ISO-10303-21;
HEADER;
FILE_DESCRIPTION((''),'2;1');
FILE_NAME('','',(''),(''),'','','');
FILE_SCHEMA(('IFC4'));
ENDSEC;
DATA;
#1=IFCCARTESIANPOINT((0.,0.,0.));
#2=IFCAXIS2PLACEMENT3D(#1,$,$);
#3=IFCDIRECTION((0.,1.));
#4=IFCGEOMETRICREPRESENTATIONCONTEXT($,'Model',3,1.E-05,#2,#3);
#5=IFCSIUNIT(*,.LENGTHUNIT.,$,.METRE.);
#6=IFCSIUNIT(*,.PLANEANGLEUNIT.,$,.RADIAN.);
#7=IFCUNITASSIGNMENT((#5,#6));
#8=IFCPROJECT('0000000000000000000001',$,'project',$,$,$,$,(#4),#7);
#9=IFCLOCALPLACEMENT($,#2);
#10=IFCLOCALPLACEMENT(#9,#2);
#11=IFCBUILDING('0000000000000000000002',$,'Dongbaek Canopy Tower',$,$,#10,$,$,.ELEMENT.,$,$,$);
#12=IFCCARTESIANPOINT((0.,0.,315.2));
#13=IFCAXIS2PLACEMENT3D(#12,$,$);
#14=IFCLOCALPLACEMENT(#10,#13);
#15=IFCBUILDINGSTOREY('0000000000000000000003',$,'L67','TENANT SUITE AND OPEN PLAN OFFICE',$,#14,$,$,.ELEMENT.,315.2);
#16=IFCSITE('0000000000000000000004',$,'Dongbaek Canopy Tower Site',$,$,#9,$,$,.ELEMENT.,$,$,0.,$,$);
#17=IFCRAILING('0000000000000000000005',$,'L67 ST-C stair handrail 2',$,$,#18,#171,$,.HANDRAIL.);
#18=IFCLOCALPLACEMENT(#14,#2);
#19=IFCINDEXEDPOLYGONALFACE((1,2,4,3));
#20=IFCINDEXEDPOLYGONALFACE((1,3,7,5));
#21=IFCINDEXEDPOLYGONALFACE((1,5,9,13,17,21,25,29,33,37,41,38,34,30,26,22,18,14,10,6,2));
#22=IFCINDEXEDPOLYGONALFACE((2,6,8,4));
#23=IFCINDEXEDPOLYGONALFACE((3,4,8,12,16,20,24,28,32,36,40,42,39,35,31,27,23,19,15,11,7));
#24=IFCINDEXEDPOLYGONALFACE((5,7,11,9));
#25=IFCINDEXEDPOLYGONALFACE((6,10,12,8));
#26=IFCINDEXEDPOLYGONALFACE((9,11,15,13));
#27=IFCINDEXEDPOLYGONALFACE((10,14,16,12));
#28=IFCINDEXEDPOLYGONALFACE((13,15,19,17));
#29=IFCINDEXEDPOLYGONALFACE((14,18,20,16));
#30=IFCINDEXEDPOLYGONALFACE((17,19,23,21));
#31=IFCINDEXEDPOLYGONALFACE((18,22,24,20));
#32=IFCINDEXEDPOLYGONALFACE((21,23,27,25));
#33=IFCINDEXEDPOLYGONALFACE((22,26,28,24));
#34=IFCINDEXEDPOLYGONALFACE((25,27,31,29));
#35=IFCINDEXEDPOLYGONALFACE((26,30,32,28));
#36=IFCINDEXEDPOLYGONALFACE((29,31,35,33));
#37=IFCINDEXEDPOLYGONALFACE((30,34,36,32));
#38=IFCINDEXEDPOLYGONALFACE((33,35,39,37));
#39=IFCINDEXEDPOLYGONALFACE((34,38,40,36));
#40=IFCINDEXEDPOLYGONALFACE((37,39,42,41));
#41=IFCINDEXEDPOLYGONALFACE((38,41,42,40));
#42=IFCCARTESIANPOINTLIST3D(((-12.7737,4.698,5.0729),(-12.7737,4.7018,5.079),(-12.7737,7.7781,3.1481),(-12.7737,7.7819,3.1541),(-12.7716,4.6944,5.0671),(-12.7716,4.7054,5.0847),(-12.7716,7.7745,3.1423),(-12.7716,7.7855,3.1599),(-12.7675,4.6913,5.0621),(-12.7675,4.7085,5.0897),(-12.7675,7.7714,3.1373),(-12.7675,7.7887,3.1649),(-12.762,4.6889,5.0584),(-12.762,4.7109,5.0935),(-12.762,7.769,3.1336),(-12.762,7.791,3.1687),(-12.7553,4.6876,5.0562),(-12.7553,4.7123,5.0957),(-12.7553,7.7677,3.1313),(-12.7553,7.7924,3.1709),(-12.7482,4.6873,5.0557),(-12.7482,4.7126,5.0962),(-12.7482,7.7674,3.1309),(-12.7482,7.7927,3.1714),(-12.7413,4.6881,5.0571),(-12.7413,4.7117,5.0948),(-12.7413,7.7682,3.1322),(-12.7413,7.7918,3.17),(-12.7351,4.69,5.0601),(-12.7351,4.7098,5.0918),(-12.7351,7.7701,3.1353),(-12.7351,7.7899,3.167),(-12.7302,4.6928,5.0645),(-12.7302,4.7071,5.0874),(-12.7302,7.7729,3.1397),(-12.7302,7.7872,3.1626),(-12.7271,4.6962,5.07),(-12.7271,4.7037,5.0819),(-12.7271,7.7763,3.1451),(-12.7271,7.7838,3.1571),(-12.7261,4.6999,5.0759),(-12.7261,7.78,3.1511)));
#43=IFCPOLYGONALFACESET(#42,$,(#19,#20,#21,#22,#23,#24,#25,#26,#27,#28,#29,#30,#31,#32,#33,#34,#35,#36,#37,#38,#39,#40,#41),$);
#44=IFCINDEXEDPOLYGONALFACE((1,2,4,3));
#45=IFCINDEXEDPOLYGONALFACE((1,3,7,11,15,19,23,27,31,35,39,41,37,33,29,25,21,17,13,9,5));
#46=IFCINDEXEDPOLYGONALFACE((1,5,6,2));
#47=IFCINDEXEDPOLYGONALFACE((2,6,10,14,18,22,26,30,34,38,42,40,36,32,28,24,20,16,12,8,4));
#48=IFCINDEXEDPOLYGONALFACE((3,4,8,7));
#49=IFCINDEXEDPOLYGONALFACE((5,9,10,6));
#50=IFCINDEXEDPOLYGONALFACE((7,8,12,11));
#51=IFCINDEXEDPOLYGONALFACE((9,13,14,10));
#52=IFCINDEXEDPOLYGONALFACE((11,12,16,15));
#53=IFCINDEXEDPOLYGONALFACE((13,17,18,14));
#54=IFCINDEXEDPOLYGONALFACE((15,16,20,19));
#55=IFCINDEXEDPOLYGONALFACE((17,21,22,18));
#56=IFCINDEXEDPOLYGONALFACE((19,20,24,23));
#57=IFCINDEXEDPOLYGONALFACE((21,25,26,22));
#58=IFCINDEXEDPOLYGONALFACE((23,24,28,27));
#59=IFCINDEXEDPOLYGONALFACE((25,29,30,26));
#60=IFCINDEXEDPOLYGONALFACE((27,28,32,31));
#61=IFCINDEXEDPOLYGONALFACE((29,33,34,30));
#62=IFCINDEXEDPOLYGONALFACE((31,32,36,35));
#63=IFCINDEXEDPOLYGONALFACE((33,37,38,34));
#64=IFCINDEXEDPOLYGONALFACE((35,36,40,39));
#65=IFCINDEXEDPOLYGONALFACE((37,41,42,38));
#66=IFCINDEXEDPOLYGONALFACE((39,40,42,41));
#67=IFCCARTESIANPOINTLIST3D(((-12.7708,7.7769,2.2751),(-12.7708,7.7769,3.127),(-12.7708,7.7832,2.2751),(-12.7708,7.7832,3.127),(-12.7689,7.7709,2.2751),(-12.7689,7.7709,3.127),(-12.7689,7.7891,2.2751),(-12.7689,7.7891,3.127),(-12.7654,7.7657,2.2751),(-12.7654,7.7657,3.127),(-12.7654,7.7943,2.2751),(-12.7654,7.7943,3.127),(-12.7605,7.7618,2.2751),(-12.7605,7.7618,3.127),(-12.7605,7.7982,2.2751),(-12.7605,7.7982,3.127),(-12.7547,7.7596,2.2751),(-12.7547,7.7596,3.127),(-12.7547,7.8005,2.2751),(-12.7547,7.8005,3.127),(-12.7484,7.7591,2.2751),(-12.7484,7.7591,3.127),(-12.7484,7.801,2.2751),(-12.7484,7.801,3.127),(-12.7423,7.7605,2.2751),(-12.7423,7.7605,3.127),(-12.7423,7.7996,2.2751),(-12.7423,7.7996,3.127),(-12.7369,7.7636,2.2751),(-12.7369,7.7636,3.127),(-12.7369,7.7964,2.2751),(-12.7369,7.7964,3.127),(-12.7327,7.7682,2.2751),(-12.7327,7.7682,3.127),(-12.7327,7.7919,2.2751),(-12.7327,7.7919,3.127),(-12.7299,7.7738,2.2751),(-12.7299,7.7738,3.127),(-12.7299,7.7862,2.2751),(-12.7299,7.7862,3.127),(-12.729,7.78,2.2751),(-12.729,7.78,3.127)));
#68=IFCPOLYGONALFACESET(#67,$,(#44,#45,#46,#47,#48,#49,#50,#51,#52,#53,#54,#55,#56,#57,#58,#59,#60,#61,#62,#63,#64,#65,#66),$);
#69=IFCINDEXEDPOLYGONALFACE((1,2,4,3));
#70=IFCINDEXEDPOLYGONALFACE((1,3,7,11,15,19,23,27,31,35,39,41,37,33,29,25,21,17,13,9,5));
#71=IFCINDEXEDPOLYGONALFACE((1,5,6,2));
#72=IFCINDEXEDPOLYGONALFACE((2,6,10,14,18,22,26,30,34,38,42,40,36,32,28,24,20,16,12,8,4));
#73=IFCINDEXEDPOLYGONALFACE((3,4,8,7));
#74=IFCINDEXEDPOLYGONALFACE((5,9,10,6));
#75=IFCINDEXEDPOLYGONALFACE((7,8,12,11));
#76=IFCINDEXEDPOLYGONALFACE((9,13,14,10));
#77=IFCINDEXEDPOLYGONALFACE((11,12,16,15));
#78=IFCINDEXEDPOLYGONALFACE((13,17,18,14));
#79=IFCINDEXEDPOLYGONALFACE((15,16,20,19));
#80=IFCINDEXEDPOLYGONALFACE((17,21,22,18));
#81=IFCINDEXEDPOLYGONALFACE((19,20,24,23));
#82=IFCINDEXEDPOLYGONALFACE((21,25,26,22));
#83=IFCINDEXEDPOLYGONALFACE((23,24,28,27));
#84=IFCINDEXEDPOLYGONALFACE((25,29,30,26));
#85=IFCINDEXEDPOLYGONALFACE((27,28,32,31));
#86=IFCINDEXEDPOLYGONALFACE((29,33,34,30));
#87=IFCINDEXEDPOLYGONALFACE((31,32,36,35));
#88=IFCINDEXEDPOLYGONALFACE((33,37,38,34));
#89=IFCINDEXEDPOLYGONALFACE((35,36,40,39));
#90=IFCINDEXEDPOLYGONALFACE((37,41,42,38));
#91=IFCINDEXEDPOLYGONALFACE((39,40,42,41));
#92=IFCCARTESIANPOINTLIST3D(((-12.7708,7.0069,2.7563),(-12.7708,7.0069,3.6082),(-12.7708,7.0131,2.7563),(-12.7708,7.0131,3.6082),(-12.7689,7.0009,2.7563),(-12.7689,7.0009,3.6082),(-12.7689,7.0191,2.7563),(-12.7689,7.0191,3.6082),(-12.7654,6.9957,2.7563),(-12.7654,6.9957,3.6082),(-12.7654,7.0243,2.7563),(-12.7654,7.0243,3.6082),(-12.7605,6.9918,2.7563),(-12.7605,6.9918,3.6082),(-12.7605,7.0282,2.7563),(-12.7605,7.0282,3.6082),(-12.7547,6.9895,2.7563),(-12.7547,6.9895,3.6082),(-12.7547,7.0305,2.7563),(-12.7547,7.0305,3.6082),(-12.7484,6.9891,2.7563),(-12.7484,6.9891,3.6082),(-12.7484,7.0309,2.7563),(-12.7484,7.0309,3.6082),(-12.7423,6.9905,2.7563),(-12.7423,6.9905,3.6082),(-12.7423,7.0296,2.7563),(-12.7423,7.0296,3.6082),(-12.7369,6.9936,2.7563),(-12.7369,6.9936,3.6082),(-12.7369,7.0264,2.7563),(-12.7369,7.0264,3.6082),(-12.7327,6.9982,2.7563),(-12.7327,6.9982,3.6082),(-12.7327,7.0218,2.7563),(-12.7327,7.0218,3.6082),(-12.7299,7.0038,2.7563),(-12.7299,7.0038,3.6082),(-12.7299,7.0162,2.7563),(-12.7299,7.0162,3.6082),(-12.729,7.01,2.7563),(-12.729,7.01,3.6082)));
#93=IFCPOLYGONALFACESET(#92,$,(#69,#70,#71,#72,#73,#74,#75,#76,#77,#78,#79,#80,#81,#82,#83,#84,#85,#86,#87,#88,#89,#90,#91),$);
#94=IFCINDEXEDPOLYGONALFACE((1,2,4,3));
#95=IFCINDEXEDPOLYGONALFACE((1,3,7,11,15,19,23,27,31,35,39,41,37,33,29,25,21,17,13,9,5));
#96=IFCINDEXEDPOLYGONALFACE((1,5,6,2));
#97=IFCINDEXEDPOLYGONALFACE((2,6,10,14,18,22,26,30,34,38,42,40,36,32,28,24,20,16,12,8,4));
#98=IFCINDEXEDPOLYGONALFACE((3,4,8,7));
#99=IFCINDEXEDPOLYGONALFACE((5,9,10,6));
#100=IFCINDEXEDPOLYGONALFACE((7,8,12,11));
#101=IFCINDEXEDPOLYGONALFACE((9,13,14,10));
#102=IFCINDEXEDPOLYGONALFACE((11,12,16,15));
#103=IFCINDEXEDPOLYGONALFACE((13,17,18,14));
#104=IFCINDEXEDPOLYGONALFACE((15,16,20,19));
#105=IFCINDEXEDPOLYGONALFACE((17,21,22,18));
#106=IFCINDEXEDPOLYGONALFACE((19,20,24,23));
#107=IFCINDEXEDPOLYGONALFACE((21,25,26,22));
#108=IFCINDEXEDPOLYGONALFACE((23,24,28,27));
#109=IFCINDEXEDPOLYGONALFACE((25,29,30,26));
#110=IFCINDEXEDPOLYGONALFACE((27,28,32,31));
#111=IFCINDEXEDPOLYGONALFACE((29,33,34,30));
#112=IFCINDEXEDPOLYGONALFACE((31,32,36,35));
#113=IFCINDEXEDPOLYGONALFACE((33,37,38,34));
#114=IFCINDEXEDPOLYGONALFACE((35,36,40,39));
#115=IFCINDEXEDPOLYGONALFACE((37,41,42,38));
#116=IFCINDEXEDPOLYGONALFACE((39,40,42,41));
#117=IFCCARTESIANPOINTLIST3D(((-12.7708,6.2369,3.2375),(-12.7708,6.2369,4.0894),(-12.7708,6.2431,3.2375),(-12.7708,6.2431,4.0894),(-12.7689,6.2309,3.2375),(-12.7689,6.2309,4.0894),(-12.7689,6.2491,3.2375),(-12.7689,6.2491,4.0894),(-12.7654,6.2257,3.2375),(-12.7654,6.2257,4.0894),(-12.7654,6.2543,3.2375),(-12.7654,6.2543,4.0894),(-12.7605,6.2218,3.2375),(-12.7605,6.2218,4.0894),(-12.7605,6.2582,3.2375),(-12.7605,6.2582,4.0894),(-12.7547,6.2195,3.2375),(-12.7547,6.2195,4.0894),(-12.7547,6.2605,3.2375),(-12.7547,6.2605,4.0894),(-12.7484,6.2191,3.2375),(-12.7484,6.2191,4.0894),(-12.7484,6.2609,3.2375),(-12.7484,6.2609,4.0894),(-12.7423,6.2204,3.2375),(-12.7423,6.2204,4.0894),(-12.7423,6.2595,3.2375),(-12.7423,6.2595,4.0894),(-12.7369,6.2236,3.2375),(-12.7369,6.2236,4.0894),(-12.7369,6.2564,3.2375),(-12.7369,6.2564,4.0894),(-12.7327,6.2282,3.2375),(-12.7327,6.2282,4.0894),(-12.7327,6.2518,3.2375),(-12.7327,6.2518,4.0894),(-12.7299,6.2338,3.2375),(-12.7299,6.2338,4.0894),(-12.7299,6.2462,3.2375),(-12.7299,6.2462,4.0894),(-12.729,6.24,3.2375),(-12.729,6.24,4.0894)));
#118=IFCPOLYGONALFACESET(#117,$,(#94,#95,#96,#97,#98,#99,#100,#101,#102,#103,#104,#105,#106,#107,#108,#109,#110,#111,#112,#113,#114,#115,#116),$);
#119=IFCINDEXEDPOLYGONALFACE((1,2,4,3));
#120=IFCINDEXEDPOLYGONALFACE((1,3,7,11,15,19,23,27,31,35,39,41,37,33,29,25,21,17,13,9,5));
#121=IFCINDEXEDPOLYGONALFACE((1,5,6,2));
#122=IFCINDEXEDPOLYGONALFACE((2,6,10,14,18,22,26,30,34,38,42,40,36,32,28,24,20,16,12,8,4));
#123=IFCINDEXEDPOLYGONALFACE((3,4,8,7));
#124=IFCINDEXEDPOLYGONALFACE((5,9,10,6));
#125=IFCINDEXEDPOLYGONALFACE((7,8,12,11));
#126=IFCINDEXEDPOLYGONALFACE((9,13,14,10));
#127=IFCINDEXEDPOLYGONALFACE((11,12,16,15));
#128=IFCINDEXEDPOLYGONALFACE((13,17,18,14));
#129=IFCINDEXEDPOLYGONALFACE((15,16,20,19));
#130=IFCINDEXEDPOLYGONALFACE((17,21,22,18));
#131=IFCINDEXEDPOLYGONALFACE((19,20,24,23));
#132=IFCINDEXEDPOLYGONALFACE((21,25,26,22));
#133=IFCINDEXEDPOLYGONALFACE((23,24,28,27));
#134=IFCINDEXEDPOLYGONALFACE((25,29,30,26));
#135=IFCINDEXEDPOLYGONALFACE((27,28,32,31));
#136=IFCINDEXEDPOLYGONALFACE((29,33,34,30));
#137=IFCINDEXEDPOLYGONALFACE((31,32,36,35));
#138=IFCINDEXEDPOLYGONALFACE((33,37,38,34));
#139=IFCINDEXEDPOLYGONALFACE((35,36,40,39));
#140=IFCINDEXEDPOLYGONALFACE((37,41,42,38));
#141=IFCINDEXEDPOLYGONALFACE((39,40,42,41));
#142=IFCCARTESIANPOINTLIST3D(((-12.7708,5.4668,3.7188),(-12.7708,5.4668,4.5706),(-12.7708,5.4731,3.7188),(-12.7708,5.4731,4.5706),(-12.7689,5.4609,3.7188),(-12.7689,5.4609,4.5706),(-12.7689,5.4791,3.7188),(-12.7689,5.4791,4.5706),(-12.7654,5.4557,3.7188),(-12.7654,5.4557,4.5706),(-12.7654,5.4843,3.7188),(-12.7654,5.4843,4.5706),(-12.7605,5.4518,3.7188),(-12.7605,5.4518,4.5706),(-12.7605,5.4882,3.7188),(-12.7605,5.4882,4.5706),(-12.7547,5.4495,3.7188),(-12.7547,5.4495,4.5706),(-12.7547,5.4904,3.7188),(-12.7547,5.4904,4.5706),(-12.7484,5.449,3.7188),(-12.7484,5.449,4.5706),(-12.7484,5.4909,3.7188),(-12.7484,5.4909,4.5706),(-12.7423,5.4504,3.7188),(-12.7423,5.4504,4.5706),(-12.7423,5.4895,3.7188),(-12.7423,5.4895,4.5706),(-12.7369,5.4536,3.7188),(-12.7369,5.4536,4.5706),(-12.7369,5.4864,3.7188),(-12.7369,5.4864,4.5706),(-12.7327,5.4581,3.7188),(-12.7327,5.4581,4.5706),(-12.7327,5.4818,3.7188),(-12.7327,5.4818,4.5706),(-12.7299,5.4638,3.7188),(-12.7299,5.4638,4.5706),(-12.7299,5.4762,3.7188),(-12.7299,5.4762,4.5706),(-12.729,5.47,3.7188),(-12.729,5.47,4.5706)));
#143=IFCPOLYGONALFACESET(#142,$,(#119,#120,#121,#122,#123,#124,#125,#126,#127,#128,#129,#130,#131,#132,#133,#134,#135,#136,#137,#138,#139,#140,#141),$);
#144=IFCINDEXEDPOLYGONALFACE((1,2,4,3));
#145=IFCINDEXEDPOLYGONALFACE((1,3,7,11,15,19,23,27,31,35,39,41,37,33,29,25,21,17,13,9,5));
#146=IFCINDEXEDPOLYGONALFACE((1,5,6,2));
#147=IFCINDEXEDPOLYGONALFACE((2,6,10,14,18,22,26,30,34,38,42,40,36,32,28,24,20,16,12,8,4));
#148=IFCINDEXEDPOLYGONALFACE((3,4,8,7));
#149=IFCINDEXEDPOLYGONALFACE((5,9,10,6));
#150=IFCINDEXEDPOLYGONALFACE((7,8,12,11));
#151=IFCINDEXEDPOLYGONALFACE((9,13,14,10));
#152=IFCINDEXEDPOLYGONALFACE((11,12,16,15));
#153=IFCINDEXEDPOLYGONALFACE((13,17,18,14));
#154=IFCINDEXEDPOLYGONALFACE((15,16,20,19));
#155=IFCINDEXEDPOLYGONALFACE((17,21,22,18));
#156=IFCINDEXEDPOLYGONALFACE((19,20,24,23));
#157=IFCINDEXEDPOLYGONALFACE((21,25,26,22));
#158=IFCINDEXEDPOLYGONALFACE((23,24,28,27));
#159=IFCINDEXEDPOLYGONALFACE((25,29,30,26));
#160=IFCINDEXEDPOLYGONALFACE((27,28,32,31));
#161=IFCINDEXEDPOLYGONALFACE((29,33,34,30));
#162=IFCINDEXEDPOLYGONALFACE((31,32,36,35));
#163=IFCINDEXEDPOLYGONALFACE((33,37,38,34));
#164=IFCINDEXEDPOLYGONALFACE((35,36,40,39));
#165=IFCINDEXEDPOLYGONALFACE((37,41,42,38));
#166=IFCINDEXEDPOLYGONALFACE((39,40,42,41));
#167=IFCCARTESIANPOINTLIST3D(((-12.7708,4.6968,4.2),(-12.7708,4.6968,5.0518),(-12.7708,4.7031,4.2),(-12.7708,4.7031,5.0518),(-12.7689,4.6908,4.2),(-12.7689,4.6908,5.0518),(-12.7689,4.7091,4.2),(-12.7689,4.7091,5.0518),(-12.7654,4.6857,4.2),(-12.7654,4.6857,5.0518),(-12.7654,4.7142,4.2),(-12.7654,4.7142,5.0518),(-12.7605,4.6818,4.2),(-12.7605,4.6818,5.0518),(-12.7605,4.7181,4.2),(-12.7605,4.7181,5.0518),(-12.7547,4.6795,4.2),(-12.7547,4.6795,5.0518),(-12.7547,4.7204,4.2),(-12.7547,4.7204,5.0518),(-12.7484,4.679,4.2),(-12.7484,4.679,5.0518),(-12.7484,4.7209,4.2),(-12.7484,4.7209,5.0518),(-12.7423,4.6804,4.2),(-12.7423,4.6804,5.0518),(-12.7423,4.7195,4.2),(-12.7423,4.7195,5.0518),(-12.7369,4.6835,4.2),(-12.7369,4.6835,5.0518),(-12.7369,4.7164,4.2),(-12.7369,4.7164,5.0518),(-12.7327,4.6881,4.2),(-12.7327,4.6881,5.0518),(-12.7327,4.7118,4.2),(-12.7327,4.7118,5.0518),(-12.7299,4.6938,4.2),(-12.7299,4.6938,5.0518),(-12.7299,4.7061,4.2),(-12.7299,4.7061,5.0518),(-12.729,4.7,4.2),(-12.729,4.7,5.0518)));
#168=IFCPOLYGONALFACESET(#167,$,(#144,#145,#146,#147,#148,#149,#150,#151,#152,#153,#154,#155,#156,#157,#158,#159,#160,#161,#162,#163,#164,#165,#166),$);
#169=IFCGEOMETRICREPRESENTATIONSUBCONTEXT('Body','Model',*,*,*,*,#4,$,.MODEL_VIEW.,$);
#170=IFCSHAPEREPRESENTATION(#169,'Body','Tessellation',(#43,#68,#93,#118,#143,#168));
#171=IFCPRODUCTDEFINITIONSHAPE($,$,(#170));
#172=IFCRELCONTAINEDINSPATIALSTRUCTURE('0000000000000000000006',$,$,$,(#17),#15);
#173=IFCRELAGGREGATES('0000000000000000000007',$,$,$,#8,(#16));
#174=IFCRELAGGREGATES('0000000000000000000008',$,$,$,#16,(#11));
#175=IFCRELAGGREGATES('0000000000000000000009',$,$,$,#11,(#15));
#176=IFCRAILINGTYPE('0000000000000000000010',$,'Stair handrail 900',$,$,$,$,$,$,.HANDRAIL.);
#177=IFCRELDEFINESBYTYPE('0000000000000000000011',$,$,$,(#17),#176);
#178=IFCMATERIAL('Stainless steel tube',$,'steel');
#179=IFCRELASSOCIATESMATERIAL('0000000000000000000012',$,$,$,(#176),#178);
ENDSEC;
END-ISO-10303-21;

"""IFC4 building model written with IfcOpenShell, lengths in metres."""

from ifc_helpers import new_model, si_unit, direction, frame, origin, origin_2d, place, context, subcontext, project, spatial, circle, extrude, material, type_object, element, save


model = new_model("IFC4")

# Units and contexts
model_context = context("Model", 3, precision=1e-05, world=origin(), true_north=direction((0.0, 1.0)))
body_context = subcontext(model_context, "Body", "Model", "MODEL_VIEW")
ifc_project = project(units=[si_unit("LENGTHUNIT", "METRE"), si_unit("PLANEANGLEUNIT", "RADIAN")], contexts=[model_context])

# Site, building, storey
site_placement = place(None, origin())
site = spatial("IfcSite", under=ifc_project, at=site_placement, Name="Dongbaek Canopy Tower Site", CompositionType="ELEMENT", RefElevation=0.0)
building_placement = place(site_placement, origin())
building = spatial("IfcBuilding", under=site, at=building_placement, Name="Dongbaek Canopy Tower", CompositionType="ELEMENT")
storey_placement = place(building_placement, frame((0.0, 0.0, 315.2)))
storey = spatial("IfcBuildingStorey", under=building, at=storey_placement, Name="L67", Description="TENANT SUITE AND OPEN PLAN OFFICE", CompositionType="ELEMENT", Elevation=315.2)

# Railing
ifc_material_1 = material(Name="Stainless steel tube", Category="steel")
railing_type_1 = type_object("IfcRailingType", Name="Stair handrail 900", PredefinedType="HANDRAIL", material=ifc_material_1)
railing_1_placement = place(storey_placement, frame((-12.75, 7.78, 2.2751)))
element("IfcRailing", 1, at=railing_1_placement, inside=storey, type_object=railing_type_1, Name="L67 ST-C stair handrail 2", PredefinedType="HANDRAIL", context=body_context, shape_type="SweptSolid", body=[
    extrude(circle(Radius=0.0239, at=origin_2d()), frame((0.0, 0.0, 0.876), z_axis=(0.0, -0.848029, 0.529951), x_axis=(1.0, 0.0, 0.0)), (0.0, 0.0, 1.0), 3.6321),
    extrude(circle(Radius=0.021, at=origin_2d()), origin(), (0.0, 0.0, 1.0), 0.8518),
    extrude(circle(Radius=0.021, at=origin_2d()), frame((0.0, -0.77, 0.4812)), (0.0, 0.0, 1.0), 0.8518),
    extrude(circle(Radius=0.021, at=origin_2d()), frame((0.0, -1.54, 0.9624)), (0.0, 0.0, 1.0), 0.8518),
    extrude(circle(Radius=0.021, at=origin_2d()), frame((0.0, -2.3101, 1.4436)), (0.0, 0.0, 1.0), 0.8518),
    extrude(circle(Radius=0.021, at=origin_2d()), frame((0.0, -3.0801, 1.9248)), (0.0, 0.0, 1.0), 0.8518),
])

save(model, "model.ifc")
